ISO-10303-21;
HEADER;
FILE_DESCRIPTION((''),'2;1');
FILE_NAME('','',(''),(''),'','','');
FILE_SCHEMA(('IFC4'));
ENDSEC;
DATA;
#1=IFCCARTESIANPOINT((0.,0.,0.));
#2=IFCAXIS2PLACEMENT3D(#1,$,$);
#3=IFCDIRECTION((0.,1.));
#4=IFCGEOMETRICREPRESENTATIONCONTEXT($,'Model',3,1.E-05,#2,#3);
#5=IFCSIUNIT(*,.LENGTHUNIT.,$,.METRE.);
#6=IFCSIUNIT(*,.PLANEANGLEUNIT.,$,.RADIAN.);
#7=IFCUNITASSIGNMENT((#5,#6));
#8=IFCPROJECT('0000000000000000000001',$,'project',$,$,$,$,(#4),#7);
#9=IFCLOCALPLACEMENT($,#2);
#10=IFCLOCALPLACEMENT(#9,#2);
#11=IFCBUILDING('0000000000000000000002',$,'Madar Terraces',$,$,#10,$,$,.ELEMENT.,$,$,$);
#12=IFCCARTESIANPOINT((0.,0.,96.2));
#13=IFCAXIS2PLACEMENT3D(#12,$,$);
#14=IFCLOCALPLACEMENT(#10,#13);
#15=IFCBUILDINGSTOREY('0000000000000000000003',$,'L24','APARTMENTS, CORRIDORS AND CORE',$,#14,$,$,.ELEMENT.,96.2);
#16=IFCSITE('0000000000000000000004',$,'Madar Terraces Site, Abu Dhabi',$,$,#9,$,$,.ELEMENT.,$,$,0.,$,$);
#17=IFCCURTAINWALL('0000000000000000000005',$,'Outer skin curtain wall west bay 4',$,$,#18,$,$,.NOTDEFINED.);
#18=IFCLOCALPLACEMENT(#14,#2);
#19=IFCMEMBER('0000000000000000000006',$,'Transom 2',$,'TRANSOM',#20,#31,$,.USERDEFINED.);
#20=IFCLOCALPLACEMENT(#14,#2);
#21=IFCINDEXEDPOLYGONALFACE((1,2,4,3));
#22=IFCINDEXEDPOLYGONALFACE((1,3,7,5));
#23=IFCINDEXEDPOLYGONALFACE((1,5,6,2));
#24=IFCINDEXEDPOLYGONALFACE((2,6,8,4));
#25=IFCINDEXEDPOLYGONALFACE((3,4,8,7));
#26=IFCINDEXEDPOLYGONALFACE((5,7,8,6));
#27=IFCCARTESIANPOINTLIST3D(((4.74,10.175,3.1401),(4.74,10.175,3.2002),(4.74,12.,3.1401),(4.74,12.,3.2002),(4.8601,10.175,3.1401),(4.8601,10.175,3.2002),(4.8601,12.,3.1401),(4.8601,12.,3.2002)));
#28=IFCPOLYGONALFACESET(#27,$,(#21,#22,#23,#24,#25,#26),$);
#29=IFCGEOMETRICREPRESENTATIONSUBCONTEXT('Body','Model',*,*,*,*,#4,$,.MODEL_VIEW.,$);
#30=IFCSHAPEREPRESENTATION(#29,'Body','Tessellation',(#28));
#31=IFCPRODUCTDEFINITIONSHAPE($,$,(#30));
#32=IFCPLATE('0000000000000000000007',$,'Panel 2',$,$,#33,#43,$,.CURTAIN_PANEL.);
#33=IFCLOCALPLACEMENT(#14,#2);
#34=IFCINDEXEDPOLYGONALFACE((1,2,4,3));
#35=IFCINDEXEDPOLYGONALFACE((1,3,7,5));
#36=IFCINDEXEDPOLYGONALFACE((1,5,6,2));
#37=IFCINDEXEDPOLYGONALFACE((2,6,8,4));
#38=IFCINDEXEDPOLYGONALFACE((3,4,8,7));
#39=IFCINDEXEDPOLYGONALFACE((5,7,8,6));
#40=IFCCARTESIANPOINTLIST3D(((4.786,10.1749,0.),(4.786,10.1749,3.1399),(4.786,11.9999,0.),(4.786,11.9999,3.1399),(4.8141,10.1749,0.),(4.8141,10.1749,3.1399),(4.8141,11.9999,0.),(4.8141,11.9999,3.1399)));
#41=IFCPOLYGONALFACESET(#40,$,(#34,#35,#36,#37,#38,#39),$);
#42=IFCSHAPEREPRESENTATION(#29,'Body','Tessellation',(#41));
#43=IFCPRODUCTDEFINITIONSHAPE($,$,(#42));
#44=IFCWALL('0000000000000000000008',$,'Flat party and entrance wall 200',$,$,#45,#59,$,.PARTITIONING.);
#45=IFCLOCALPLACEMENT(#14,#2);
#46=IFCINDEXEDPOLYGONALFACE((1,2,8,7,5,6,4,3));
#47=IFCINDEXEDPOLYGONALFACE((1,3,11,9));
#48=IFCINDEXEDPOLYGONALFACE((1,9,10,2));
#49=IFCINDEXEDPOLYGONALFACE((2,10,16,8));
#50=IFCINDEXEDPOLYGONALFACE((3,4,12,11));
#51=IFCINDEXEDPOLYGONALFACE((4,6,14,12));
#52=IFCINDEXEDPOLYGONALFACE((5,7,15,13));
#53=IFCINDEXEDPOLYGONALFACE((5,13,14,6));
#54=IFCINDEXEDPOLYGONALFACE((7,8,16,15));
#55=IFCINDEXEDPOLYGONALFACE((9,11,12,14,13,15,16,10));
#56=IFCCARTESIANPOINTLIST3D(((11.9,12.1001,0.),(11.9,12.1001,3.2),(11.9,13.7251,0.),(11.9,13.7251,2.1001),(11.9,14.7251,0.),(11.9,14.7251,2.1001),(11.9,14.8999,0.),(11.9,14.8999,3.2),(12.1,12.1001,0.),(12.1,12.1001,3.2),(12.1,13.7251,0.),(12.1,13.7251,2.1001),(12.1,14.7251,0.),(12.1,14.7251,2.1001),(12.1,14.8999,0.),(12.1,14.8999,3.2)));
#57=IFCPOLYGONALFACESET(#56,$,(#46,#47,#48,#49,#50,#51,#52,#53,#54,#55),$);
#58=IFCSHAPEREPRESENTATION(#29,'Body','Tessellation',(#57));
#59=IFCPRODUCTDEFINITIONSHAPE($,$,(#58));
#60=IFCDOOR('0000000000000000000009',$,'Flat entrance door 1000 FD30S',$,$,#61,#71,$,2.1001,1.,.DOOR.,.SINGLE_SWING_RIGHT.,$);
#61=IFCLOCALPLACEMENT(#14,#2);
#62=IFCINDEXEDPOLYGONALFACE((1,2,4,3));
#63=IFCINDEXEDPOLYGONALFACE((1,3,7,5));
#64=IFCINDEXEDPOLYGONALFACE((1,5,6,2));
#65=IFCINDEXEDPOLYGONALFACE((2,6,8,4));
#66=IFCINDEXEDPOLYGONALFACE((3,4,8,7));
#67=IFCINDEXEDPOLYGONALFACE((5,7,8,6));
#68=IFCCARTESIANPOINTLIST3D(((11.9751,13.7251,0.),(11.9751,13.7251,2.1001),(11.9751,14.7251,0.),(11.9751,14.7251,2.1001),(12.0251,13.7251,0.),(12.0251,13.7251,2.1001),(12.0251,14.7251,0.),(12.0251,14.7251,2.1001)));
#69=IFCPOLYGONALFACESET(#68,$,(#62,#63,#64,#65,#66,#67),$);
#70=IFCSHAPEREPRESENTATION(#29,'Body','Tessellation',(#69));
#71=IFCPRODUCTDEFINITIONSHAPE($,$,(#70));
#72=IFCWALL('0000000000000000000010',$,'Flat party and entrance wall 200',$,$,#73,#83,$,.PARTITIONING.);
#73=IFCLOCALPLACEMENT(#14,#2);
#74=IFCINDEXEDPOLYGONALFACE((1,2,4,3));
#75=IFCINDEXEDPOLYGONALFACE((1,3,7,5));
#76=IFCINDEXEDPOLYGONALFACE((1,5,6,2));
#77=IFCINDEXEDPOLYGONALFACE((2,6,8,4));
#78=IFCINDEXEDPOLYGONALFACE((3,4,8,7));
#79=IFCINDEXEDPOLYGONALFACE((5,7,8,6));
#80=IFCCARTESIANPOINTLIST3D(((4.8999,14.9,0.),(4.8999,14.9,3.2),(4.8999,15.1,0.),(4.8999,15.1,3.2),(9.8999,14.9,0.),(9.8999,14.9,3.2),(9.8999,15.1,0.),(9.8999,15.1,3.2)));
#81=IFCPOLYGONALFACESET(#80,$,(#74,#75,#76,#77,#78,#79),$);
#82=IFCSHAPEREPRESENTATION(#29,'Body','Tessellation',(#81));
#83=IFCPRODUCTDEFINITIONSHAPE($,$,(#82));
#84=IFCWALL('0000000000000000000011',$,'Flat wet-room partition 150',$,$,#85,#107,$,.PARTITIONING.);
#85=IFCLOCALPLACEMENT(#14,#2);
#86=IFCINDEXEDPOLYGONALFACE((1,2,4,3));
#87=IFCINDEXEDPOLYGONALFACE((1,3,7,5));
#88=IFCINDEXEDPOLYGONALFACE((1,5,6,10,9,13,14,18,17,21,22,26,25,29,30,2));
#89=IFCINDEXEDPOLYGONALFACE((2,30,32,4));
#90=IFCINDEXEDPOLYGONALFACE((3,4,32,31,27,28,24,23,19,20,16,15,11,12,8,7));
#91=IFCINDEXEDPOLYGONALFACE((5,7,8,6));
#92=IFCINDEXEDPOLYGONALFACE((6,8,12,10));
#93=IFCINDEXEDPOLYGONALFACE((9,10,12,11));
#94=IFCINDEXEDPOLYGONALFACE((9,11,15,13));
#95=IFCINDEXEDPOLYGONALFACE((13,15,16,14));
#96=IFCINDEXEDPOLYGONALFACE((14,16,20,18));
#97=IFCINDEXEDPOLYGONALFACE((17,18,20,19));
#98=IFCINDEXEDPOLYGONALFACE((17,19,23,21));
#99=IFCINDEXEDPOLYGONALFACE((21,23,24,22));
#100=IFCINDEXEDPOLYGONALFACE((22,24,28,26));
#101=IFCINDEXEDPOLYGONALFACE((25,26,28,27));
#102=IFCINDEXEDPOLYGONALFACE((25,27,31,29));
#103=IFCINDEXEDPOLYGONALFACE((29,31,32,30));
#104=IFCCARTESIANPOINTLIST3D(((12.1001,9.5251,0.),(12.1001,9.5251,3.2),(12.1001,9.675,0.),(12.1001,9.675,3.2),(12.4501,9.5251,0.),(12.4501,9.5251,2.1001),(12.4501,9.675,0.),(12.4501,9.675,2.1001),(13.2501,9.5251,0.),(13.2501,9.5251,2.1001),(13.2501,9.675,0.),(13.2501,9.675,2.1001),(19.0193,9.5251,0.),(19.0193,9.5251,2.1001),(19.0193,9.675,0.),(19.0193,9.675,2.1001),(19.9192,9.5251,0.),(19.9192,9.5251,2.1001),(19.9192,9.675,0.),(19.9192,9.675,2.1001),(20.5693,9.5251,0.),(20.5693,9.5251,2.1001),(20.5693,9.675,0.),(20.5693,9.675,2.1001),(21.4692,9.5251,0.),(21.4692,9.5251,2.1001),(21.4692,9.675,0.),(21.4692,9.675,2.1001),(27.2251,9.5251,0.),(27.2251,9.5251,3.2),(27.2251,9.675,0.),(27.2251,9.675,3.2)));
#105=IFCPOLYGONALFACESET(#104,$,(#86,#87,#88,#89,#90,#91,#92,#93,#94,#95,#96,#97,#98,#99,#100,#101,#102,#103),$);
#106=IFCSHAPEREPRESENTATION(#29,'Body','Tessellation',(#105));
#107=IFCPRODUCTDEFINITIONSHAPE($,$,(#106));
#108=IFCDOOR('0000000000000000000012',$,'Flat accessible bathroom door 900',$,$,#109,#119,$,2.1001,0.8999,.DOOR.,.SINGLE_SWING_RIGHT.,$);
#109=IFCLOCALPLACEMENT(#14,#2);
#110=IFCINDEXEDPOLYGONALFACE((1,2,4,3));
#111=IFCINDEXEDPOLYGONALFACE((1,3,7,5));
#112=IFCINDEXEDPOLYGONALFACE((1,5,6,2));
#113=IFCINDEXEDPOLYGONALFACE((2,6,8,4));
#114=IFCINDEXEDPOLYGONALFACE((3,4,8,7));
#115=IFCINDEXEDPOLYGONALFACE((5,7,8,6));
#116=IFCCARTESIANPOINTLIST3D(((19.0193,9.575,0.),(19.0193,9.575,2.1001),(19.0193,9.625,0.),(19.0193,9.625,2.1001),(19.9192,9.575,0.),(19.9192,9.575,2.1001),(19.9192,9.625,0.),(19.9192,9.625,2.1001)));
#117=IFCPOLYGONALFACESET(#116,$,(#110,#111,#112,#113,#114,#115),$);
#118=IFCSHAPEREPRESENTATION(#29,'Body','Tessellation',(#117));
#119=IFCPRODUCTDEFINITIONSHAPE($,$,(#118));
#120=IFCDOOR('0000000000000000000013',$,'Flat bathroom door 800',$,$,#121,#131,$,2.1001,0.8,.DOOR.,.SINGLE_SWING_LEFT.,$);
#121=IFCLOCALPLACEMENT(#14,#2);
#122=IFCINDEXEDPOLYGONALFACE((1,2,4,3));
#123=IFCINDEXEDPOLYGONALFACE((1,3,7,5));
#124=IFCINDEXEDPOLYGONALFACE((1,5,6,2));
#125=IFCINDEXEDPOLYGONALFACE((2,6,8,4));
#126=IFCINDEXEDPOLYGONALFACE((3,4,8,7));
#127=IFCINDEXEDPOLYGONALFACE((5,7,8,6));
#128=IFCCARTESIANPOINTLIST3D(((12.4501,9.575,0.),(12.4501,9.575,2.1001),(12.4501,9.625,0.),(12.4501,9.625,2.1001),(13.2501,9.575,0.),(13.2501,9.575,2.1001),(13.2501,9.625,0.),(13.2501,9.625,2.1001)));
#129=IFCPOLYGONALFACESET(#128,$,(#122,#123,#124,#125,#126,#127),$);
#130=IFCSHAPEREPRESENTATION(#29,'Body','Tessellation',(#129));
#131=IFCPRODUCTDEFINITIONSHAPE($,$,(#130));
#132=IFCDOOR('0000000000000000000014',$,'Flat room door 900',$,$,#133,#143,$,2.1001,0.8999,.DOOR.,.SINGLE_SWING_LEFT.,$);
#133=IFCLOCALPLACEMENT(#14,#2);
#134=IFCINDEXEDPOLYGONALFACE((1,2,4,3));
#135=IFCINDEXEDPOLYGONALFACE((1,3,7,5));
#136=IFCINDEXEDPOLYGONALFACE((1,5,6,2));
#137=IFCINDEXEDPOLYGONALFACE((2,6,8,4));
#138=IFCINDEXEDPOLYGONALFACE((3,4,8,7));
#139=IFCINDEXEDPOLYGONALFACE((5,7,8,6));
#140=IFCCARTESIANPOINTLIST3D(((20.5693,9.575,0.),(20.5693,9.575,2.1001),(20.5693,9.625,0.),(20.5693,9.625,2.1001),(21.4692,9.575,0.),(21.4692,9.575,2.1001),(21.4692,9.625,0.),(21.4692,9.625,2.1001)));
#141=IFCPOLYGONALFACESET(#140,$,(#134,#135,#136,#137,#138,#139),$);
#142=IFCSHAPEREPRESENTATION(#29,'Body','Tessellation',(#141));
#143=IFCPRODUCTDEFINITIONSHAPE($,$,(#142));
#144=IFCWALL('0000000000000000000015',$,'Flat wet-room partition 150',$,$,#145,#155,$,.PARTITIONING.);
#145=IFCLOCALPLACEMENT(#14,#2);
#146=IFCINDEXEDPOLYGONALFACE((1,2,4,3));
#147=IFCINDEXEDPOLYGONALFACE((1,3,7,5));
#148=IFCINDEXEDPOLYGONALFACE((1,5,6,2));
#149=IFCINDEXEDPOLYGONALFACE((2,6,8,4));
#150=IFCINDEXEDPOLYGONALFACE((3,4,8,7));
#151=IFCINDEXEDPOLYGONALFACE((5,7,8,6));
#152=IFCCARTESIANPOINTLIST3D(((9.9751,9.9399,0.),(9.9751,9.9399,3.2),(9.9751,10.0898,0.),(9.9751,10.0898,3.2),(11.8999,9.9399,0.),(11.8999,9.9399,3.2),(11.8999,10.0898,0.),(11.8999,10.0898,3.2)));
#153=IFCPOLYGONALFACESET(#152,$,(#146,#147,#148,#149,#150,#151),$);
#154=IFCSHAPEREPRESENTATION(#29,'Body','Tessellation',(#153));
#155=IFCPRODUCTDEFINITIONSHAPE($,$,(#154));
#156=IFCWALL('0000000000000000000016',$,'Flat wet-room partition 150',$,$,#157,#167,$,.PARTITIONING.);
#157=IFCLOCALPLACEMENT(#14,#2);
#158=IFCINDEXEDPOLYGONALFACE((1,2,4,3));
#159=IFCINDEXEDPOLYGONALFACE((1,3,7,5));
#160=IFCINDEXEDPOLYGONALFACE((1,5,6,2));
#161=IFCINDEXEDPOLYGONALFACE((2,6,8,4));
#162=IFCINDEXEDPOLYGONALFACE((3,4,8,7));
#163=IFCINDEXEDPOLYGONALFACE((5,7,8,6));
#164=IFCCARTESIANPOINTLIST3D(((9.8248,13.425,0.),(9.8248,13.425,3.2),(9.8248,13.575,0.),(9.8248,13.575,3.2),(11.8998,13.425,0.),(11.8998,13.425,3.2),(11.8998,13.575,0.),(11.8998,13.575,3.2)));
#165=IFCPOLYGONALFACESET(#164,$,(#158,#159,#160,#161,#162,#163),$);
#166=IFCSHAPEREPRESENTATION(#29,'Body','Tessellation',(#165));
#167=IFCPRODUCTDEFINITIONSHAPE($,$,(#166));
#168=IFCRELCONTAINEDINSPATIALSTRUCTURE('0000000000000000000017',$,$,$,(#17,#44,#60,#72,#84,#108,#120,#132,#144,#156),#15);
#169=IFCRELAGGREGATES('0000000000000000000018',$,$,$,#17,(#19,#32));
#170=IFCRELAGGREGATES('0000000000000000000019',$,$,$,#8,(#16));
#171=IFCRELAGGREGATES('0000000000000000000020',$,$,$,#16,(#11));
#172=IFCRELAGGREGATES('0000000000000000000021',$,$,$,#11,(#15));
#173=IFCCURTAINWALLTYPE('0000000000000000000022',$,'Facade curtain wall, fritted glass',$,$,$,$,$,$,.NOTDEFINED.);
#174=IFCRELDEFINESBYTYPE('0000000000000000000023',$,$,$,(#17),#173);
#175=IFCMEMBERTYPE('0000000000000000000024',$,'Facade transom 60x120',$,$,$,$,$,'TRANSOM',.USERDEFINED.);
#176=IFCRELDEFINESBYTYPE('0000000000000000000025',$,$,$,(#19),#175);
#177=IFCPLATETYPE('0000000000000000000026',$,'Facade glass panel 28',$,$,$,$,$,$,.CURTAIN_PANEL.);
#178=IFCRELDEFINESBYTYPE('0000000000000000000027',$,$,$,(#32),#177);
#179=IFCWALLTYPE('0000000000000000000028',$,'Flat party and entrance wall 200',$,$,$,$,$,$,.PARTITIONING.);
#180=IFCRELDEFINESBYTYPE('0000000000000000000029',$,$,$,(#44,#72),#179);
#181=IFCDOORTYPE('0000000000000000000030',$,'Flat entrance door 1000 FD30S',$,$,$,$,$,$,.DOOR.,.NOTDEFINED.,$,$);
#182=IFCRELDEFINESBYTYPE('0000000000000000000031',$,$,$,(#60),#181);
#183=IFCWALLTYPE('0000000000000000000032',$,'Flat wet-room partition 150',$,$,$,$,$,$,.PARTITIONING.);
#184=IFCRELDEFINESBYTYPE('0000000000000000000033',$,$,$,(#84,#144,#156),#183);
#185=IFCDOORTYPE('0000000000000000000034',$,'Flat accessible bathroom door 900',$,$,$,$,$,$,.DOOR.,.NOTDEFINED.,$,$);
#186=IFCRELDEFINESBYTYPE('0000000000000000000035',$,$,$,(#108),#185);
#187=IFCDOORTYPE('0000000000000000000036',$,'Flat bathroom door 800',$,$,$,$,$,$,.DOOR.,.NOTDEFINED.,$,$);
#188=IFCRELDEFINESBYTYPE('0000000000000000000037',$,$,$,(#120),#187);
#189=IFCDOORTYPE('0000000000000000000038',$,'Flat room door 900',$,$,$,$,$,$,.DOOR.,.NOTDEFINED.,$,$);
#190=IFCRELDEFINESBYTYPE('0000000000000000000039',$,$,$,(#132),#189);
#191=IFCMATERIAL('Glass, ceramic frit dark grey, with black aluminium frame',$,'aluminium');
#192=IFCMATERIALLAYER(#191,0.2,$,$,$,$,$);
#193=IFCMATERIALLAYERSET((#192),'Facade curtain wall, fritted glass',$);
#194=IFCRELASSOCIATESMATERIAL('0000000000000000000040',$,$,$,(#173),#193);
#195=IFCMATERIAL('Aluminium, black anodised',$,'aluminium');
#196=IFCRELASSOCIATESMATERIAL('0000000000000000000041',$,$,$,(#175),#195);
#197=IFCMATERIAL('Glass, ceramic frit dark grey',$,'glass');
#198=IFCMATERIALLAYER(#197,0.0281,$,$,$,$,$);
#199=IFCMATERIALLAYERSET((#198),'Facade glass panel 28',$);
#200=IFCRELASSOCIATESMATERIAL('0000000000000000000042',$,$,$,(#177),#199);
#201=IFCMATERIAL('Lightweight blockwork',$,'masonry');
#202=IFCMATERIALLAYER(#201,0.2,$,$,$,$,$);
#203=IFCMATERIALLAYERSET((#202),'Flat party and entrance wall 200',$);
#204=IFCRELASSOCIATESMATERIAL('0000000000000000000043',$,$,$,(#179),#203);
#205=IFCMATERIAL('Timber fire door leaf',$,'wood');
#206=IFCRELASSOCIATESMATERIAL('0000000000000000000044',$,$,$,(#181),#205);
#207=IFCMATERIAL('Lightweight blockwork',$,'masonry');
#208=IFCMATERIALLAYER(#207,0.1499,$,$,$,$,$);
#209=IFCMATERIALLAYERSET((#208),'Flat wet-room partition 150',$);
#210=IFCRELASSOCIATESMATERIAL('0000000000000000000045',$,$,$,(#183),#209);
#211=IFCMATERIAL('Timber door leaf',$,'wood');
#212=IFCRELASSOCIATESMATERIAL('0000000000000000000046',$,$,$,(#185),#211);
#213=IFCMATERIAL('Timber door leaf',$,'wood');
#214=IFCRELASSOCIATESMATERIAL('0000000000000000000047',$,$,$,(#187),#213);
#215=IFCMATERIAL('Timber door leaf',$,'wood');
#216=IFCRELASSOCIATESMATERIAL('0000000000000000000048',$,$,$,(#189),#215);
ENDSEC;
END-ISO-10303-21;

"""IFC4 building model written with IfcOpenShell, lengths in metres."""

from ifc_helpers import new_model, si_unit, direction, frame, frame_2d, origin, origin_2d, place, context, subcontext, project, spatial, rectangle, extrude, material, layer, layer_set, material_profile, profile_set, type_object, element, fill, aggregate, save


model = new_model("IFC4")

# Units and contexts
model_context = context("Model", 3, precision=1e-05, world=origin(), true_north=direction((0.0, 1.0)))
body_context = subcontext(model_context, "Body", "Model", "MODEL_VIEW")
ifc_project = project(units=[si_unit("LENGTHUNIT", "METRE"), si_unit("PLANEANGLEUNIT", "RADIAN")], contexts=[model_context])

# Site, building, storey
site_placement = place(None, origin())
site = spatial("IfcSite", under=ifc_project, at=site_placement, Name="Madar Terraces Site, Abu Dhabi", CompositionType="ELEMENT", RefElevation=0.0)
building_placement = place(site_placement, origin())
building = spatial("IfcBuilding", under=site, at=building_placement, Name="Madar Terraces", CompositionType="ELEMENT")
storey_placement = place(building_placement, frame((0.0, 0.0, 96.2)))
storey = spatial("IfcBuildingStorey", under=building, at=storey_placement, Name="L24", Description="APARTMENTS, CORRIDORS AND CORE", CompositionType="ELEMENT", Elevation=96.2)

# Curtain wall, member, plate
ifc_material_1 = material(Name="Glass, ceramic frit dark grey, with black aluminium frame", Category="aluminium")
ifc_layer_1 = layer(ifc_material_1, 0.2)
ifc_layer_set_1 = layer_set([ifc_layer_1], Name="Facade curtain wall, fritted glass")
curtain_wall_type = type_object("IfcCurtainWallType", Name="Facade curtain wall, fritted glass", PredefinedType="NOTDEFINED", material=ifc_layer_set_1)
curtain_wall_placement = place(storey_placement, origin())
curtain_wall = element("IfcCurtainWall", 1, at=curtain_wall_placement, inside=storey, type_object=curtain_wall_type, Name="Outer skin curtain wall west bay 4", PredefinedType="NOTDEFINED")
ifc_material_2 = material(Name="Aluminium, black anodised", Category="aluminium")
ifc_material_profile = material_profile(ifc_material_2, rectangle(XDim=0.1201, YDim=0.0601, at=origin_2d()), Name="Facade transom 60x120")
ifc_profile_set = profile_set([ifc_material_profile], Name="Aluminium, black anodised")
member_type = type_object("IfcMemberType", Name="Facade transom 60x120", ElementType="TRANSOM", PredefinedType="USERDEFINED", material=ifc_profile_set)
member_placement = place(storey_placement, frame((4.8, 12.0, 3.1702), z_axis=(0.0, -1.0, 0.0), x_axis=(1.0, 0.0, 0.0)))
member = element("IfcMember", 2, at=member_placement, type_object=member_type, Name="Transom 2", ObjectType="TRANSOM", PredefinedType="USERDEFINED", context=body_context, shape_type="SweptSolid", body=[
    extrude(rectangle(XDim=0.1201, YDim=0.0601, at=origin_2d()), origin(), (0.0, 0.0, 1.0), 1.825),
])
ifc_material_3 = material(Name="Glass, ceramic frit dark grey", Category="glass")
ifc_layer_2 = layer(ifc_material_3, 0.0281)
ifc_layer_set_2 = layer_set([ifc_layer_2], Name="Facade glass panel 28")
plate_type = type_object("IfcPlateType", Name="Facade glass panel 28", PredefinedType="CURTAIN_PANEL", material=ifc_layer_set_2)
plate_placement = place(storey_placement, frame((4.8, 11.0874, 0.0), z_axis=(0.0, 0.0, 1.0), x_axis=(0.0, -1.0, 0.0)))
plate = element("IfcPlate", 3, at=plate_placement, type_object=plate_type, Name="Panel 2", PredefinedType="CURTAIN_PANEL", context=body_context, shape_type="SweptSolid", body=[
    extrude(rectangle(XDim=1.825, YDim=0.0281, at=origin_2d()), origin(), (0.0, 0.0, 1.0), 3.1399),
])
aggregate(curtain_wall, [member, plate])

# Wall, opening, door
ifc_material_4 = material(Name="Lightweight blockwork", Category="masonry")
ifc_layer_3 = layer(ifc_material_4, 0.2)
ifc_layer_set_3 = layer_set([ifc_layer_3], Name="Flat party and entrance wall 200")
wall_type_1 = type_object("IfcWallType", Name="Flat party and entrance wall 200", PredefinedType="PARTITIONING", material=ifc_layer_set_3)
wall_1_placement = place(storey_placement, frame((12.0, 12.1001, 0.0), z_axis=(0.0, 0.0, 1.0), x_axis=(0.0, 1.0, 0.0)))
wall_1 = element("IfcWall", 4, at=wall_1_placement, inside=storey, type_object=wall_type_1, Name="Flat party and entrance wall 200", PredefinedType="PARTITIONING", context=body_context, shape_type="SweptSolid", body=[
    extrude(rectangle(XDim=2.7998, YDim=0.2, at=frame_2d((1.3999, 0.0))), origin(), (0.0, 0.0, 1.0), 3.2),
])
opening_1_placement = place(wall_1_placement, frame((1.625, 0.0, 0.0)))
opening_1 = element("IfcOpeningElement", 5, at=opening_1_placement, cuts=wall_1, PredefinedType="OPENING", context=body_context, shape_type="SweptSolid", body=[
    extrude(rectangle(XDim=1.0, YDim=2.1001, at=frame_2d((0.5, 1.05))), frame((0.0, 0.1099, 0.0), z_axis=(0.0, -1.0, 0.0), x_axis=(1.0, 0.0, 0.0)), (0.0, 0.0, 1.0), 0.22),
])
ifc_material_5 = material(Name="Timber fire door leaf", Category="wood")
door_type_1 = type_object("IfcDoorType", Name="Flat entrance door 1000 FD30S", OperationType="NOTDEFINED", PredefinedType="DOOR", material=ifc_material_5)
door_1_placement = place(opening_1_placement, origin())
door_1 = element("IfcDoor", 6, at=door_1_placement, inside=storey, type_object=door_type_1, Name="Flat entrance door 1000 FD30S", OperationType="SINGLE_SWING_RIGHT", OverallHeight=2.1001, OverallWidth=1.0, PredefinedType="DOOR", context=body_context, shape_type="SweptSolid", body=[
    extrude(rectangle(XDim=1.0, YDim=2.1001, at=frame_2d((0.5, 1.05))), frame((0.0, 0.0249, 0.0), z_axis=(0.0, -1.0, 0.0), x_axis=(1.0, 0.0, 0.0)), (0.0, 0.0, 1.0), 0.05),
])
fill(opening_1, door_1)

# Wall
wall_2_placement = place(storey_placement, frame((4.8999, 15.0, 0.0), z_axis=(0.0, 0.0, 1.0), x_axis=(1.0, 0.0, 0.0)))
element("IfcWall", 7, at=wall_2_placement, inside=storey, type_object=wall_type_1, Name="Flat party and entrance wall 200", PredefinedType="PARTITIONING", context=body_context, shape_type="SweptSolid", body=[
    extrude(rectangle(XDim=5.0, YDim=0.2, at=frame_2d((2.5, 0.0))), origin(), (0.0, 0.0, 1.0), 3.2),
])

# Wall, openings, doors
ifc_material_6 = material(Name="Lightweight blockwork", Category="masonry")
ifc_layer_4 = layer(ifc_material_6, 0.1499)
ifc_layer_set_4 = layer_set([ifc_layer_4], Name="Flat wet-room partition 150")
wall_type_2 = type_object("IfcWallType", Name="Flat wet-room partition 150", PredefinedType="PARTITIONING", material=ifc_layer_set_4)
wall_3_placement = place(storey_placement, frame((12.1001, 9.6001, 0.0), z_axis=(0.0, 0.0, 1.0), x_axis=(1.0, 0.0, 0.0)))
wall_3 = element("IfcWall", 8, at=wall_3_placement, inside=storey, type_object=wall_type_2, Name="Flat wet-room partition 150", PredefinedType="PARTITIONING", context=body_context, shape_type="SweptSolid", body=[
    extrude(rectangle(XDim=15.125, YDim=0.1499, at=frame_2d((7.5625, 0.0))), origin(), (0.0, 0.0, 1.0), 3.2),
])
opening_2_placement = place(wall_3_placement, frame((8.4692, 0.0, 0.0)))
opening_2 = element("IfcOpeningElement", 9, at=opening_2_placement, cuts=wall_3, PredefinedType="OPENING", context=body_context, shape_type="SweptSolid", body=[
    extrude(rectangle(XDim=0.8999, YDim=2.1001, at=frame_2d((0.45, 1.05))), frame((0.0, 0.085, 0.0), z_axis=(0.0, -1.0, 0.0), x_axis=(1.0, 0.0, 0.0)), (0.0, 0.0, 1.0), 0.1699),
])
opening_3_placement = place(wall_3_placement, frame((6.9192, 0.0, 0.0)))
opening_3 = element("IfcOpeningElement", 10, at=opening_3_placement, cuts=wall_3, PredefinedType="OPENING", context=body_context, shape_type="SweptSolid", body=[
    extrude(rectangle(XDim=0.8999, YDim=2.1001, at=frame_2d((0.45, 1.05))), frame((0.0, 0.085, 0.0), z_axis=(0.0, -1.0, 0.0), x_axis=(1.0, 0.0, 0.0)), (0.0, 0.0, 1.0), 0.1699),
])
opening_4_placement = place(wall_3_placement, frame((0.3501, 0.0, 0.0)))
opening_4 = element("IfcOpeningElement", 11, at=opening_4_placement, cuts=wall_3, PredefinedType="OPENING", context=body_context, shape_type="SweptSolid", body=[
    extrude(rectangle(XDim=0.8, YDim=2.1001, at=frame_2d((0.3999, 1.05))), frame((0.0, 0.085, 0.0), z_axis=(0.0, -1.0, 0.0), x_axis=(1.0, 0.0, 0.0)), (0.0, 0.0, 1.0), 0.1699),
])
ifc_material_7 = material(Name="Timber door leaf", Category="wood")
door_type_2 = type_object("IfcDoorType", Name="Flat accessible bathroom door 900", OperationType="NOTDEFINED", PredefinedType="DOOR", material=ifc_material_7)
door_2_placement = place(opening_3_placement, origin())
door_2 = element("IfcDoor", 12, at=door_2_placement, inside=storey, type_object=door_type_2, Name="Flat accessible bathroom door 900", OperationType="SINGLE_SWING_RIGHT", OverallHeight=2.1001, OverallWidth=0.8999, PredefinedType="DOOR", context=body_context, shape_type="SweptSolid", body=[
    extrude(rectangle(XDim=0.8999, YDim=2.1001, at=frame_2d((0.45, 1.05))), frame((0.0, 0.0249, 0.0), z_axis=(0.0, -1.0, 0.0), x_axis=(1.0, 0.0, 0.0)), (0.0, 0.0, 1.0), 0.05),
])
fill(opening_3, door_2)
ifc_material_8 = material(Name="Timber door leaf", Category="wood")
door_type_3 = type_object("IfcDoorType", Name="Flat bathroom door 800", OperationType="NOTDEFINED", PredefinedType="DOOR", material=ifc_material_8)
door_3_placement = place(opening_4_placement, origin())
door_3 = element("IfcDoor", 13, at=door_3_placement, inside=storey, type_object=door_type_3, Name="Flat bathroom door 800", OperationType="SINGLE_SWING_LEFT", OverallHeight=2.1001, OverallWidth=0.8, PredefinedType="DOOR", context=body_context, shape_type="SweptSolid", body=[
    extrude(rectangle(XDim=0.8, YDim=2.1001, at=frame_2d((0.3999, 1.05))), frame((0.0, 0.0249, 0.0), z_axis=(0.0, -1.0, 0.0), x_axis=(1.0, 0.0, 0.0)), (0.0, 0.0, 1.0), 0.05),
])
fill(opening_4, door_3)
ifc_material_9 = material(Name="Timber door leaf", Category="wood")
door_type_4 = type_object("IfcDoorType", Name="Flat room door 900", OperationType="NOTDEFINED", PredefinedType="DOOR", material=ifc_material_9)
door_4_placement = place(opening_2_placement, origin())
door_4 = element("IfcDoor", 14, at=door_4_placement, inside=storey, type_object=door_type_4, Name="Flat room door 900", OperationType="SINGLE_SWING_LEFT", OverallHeight=2.1001, OverallWidth=0.8999, PredefinedType="DOOR", context=body_context, shape_type="SweptSolid", body=[
    extrude(rectangle(XDim=0.8999, YDim=2.1001, at=frame_2d((0.45, 1.05))), frame((0.0, 0.0249, 0.0), z_axis=(0.0, -1.0, 0.0), x_axis=(1.0, 0.0, 0.0)), (0.0, 0.0, 1.0), 0.05),
])
fill(opening_2, door_4)

# Walls
wall_4_placement = place(storey_placement, frame((11.8999, 10.0149, 0.0), z_axis=(0.0, 0.0, 1.0), x_axis=(-1.0, 0.0, 0.0)))
element("IfcWall", 15, at=wall_4_placement, inside=storey, type_object=wall_type_2, Name="Flat wet-room partition 150", PredefinedType="PARTITIONING", context=body_context, shape_type="SweptSolid", body=[
    extrude(rectangle(XDim=1.9248, YDim=0.1499, at=frame_2d((0.9624, 0.0))), origin(), (0.0, 0.0, 1.0), 3.2),
])
wall_5_placement = place(storey_placement, frame((11.8999, 13.5, 0.0), z_axis=(0.0, 0.0, 1.0), x_axis=(-1.0, 0.0, 0.0)))
element("IfcWall", 16, at=wall_5_placement, inside=storey, type_object=wall_type_2, Name="Flat wet-room partition 150", PredefinedType="PARTITIONING", context=body_context, shape_type="SweptSolid", body=[
    extrude(rectangle(XDim=2.075, YDim=0.1499, at=frame_2d((1.0376, 0.0))), origin(), (0.0, 0.0, 1.0), 3.2),
])

save(model, "model.ifc")
